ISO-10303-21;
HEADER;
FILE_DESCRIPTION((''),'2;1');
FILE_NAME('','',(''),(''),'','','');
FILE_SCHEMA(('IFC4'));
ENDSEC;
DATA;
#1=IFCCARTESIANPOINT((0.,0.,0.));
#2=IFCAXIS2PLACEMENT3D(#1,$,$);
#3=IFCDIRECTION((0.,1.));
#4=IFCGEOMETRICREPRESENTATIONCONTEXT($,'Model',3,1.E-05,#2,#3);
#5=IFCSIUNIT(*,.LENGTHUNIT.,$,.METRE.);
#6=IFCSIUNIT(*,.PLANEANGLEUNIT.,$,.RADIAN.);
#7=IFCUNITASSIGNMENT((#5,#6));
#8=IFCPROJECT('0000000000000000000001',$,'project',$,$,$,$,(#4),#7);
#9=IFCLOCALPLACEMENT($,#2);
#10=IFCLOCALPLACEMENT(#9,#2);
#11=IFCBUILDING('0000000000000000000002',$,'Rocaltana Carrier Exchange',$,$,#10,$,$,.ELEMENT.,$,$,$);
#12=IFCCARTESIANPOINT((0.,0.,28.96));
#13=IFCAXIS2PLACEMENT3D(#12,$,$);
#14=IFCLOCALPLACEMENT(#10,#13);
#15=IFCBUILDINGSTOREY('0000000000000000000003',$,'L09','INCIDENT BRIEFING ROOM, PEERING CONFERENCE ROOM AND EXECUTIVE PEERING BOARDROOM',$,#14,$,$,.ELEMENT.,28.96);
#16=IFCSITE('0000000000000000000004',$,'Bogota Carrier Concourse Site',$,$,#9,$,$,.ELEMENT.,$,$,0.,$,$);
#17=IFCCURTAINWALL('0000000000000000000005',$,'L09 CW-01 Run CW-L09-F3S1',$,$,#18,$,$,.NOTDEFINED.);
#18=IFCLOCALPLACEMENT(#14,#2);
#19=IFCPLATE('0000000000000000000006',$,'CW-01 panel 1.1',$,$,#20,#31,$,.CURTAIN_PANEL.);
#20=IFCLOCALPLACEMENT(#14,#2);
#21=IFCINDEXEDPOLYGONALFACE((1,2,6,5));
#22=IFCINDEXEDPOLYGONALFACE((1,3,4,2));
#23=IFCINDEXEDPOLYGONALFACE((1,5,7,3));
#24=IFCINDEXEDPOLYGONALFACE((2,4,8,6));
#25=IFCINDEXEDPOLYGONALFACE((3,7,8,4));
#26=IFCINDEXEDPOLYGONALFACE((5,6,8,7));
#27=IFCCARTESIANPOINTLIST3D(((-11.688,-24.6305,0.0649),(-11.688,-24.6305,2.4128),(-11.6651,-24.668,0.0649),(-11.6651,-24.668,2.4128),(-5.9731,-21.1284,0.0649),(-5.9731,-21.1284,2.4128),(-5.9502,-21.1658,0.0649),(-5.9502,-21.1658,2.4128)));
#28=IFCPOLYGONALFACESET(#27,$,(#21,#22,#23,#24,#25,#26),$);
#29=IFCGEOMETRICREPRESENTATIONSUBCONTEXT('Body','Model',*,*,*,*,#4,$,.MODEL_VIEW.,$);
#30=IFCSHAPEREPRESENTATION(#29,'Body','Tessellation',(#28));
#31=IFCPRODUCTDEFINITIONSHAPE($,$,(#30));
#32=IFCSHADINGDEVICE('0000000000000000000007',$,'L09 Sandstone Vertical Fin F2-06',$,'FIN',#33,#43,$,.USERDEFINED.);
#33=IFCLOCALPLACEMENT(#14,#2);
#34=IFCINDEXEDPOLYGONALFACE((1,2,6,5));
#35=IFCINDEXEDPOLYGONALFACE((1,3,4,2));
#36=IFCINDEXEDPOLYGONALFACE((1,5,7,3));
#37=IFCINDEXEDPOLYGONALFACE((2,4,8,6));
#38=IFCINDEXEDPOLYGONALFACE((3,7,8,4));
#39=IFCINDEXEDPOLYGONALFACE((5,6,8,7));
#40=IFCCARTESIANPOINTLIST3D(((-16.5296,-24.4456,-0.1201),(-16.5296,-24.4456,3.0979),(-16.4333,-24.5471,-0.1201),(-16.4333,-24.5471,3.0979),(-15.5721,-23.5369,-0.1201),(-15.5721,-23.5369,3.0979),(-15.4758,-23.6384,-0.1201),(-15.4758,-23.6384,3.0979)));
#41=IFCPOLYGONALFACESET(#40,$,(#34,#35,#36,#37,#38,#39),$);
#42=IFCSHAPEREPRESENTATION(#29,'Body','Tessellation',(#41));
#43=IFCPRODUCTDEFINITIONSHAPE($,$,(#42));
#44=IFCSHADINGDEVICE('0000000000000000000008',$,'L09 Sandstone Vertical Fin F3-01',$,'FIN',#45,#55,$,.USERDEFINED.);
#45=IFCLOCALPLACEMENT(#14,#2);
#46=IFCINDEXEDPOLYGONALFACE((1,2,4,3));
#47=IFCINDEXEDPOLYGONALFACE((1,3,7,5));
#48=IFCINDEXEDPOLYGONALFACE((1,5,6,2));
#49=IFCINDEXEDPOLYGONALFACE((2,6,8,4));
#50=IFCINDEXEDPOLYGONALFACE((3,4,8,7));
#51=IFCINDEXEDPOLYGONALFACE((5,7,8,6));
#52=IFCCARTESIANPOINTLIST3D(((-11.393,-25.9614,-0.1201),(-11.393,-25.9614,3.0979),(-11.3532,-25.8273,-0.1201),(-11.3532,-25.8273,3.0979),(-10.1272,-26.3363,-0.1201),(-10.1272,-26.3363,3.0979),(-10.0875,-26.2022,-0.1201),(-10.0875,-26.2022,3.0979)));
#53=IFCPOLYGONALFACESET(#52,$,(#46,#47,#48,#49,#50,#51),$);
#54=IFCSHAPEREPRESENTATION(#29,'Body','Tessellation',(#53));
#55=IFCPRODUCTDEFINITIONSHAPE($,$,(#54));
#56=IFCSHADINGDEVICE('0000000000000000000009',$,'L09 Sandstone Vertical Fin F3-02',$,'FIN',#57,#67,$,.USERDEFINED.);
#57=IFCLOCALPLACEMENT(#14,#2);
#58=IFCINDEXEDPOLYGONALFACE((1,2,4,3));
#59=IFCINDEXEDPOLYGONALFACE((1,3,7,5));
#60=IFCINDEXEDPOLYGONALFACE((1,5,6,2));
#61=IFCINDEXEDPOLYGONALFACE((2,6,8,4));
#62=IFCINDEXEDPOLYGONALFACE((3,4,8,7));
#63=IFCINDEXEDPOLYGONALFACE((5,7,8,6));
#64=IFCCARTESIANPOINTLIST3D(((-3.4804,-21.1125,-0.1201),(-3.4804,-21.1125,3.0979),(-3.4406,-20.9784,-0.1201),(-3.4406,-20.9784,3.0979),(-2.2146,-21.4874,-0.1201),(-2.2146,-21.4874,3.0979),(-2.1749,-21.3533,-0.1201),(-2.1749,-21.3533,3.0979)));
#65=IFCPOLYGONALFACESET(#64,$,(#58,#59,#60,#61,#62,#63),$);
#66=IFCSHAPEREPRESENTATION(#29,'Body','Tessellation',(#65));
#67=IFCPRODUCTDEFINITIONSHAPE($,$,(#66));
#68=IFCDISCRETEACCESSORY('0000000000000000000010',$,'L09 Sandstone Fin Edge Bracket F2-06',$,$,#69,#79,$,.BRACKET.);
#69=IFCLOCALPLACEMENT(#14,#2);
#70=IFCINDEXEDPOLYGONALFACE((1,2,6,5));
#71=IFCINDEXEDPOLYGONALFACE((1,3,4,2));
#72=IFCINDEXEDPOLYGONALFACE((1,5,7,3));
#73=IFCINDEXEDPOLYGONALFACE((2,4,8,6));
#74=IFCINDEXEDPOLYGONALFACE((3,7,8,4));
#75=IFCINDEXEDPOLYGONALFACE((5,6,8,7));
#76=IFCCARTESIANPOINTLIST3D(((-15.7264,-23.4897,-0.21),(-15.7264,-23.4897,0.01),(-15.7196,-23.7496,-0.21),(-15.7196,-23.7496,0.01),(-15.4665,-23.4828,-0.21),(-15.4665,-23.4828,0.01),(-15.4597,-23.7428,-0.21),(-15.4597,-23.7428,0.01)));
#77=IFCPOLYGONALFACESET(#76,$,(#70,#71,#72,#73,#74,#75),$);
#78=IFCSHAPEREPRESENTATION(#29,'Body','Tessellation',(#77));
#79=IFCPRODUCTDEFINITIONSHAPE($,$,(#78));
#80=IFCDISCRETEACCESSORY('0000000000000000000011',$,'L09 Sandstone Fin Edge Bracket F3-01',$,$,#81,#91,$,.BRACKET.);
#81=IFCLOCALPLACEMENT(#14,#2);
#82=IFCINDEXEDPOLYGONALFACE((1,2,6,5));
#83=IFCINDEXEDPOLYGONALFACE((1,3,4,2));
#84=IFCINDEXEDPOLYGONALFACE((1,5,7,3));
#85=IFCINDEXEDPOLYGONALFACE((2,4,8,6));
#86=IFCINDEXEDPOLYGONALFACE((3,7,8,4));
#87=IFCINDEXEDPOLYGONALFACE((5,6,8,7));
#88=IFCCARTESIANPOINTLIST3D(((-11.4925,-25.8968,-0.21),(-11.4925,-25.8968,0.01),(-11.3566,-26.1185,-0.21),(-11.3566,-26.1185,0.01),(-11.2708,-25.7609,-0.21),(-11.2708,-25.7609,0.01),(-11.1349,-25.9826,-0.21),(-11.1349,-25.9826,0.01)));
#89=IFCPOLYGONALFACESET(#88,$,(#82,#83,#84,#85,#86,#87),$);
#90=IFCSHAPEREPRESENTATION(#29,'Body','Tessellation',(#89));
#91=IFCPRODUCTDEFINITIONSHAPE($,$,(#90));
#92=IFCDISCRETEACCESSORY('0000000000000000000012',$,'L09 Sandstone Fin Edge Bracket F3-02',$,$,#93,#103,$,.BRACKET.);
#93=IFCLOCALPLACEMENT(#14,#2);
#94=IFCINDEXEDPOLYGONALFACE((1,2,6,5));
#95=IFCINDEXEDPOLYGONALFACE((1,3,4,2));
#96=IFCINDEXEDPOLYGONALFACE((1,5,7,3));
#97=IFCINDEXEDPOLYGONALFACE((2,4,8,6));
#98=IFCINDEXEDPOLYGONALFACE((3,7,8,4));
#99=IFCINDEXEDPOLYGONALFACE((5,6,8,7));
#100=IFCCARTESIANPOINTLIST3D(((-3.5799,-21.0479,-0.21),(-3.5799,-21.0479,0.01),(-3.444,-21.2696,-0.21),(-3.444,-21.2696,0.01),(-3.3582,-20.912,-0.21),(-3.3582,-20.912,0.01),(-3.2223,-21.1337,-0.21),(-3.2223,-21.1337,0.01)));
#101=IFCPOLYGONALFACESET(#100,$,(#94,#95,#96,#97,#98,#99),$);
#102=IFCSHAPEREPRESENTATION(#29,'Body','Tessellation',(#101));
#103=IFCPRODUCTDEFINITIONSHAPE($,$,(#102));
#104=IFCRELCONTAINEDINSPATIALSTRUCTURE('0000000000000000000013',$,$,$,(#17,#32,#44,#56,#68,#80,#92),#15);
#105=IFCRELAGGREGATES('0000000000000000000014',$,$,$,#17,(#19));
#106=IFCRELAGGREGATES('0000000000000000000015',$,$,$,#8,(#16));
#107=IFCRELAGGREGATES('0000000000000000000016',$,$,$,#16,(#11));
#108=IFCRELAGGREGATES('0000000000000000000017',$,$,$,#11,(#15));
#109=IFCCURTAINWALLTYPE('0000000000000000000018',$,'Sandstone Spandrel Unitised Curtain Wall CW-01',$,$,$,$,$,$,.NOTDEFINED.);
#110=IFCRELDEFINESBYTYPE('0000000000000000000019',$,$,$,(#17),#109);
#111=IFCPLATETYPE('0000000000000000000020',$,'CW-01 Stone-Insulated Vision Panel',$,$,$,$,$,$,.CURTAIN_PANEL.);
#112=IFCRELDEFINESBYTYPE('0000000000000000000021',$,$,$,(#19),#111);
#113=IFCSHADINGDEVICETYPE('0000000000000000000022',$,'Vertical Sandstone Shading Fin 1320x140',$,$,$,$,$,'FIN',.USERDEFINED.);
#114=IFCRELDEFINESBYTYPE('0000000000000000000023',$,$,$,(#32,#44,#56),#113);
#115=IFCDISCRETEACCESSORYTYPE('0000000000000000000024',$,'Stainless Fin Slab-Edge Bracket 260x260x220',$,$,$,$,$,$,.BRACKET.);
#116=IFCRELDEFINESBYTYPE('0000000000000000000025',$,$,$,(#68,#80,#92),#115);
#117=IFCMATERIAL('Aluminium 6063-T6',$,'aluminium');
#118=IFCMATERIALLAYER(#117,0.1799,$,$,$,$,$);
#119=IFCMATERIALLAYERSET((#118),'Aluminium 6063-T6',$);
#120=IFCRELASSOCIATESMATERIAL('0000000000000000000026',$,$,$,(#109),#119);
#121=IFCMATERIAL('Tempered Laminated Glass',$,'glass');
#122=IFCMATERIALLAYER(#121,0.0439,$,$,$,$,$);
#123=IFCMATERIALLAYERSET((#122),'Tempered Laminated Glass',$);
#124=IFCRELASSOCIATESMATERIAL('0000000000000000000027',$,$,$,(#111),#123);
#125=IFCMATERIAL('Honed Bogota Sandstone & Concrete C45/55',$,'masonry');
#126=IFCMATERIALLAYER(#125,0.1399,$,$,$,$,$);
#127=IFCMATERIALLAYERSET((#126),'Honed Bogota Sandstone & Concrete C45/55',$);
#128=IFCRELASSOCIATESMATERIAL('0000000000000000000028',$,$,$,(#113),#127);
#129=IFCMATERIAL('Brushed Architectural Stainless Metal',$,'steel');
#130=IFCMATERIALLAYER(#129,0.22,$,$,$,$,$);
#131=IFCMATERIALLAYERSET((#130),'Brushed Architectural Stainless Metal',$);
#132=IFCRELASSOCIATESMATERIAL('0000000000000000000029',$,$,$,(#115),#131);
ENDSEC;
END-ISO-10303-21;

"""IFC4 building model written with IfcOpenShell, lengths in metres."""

from ifc_helpers import new_model, si_unit, direction, frame, origin, origin_2d, place, context, subcontext, project, spatial, rectangle, extrude, material, layer, layer_set, type_object, element, aggregate, save


model = new_model("IFC4")

# Units and contexts
model_context = context("Model", 3, precision=1e-05, world=origin(), true_north=direction((0.0, 1.0)))
body_context = subcontext(model_context, "Body", "Model", "MODEL_VIEW")
ifc_project = project(units=[si_unit("LENGTHUNIT", "METRE"), si_unit("PLANEANGLEUNIT", "RADIAN")], contexts=[model_context])

# Site, building, storey
site_placement = place(None, origin())
site = spatial("IfcSite", under=ifc_project, at=site_placement, Name="Bogota Carrier Concourse Site", CompositionType="ELEMENT", RefElevation=0.0)
building_placement = place(site_placement, origin())
building = spatial("IfcBuilding", under=site, at=building_placement, Name="Rocaltana Carrier Exchange", CompositionType="ELEMENT")
storey_placement = place(building_placement, frame((0.0, 0.0, 28.96)))
storey = spatial("IfcBuildingStorey", under=building, at=storey_placement, Name="L09", Description="INCIDENT BRIEFING ROOM, PEERING CONFERENCE ROOM AND EXECUTIVE PEERING BOARDROOM", CompositionType="ELEMENT", Elevation=28.96)

# Shared definitions
ifc_material_1 = material(Name="Aluminium 6063-T6", Category="aluminium")
ifc_layer_1 = layer(ifc_material_1, 0.1799)
ifc_layer_set_1 = layer_set([ifc_layer_1], Name="Aluminium 6063-T6")
curtain_wall_type = type_object("IfcCurtainWallType", Name="Sandstone Spandrel Unitised Curtain Wall CW-01", PredefinedType="NOTDEFINED", material=ifc_layer_set_1)

# Curtain wall
curtain_wall_1_placement = place(storey_placement, origin())
curtain_wall_1 = element("IfcCurtainWall", 1, at=curtain_wall_1_placement, inside=storey, type_object=curtain_wall_type, Name="L09 CW-01 Run CW-L09-F3S1", PredefinedType="NOTDEFINED")

# Plate
ifc_material_2 = material(Name="Tempered Laminated Glass", Category="glass")
ifc_layer_2 = layer(ifc_material_2, 0.0439)
ifc_layer_set_2 = layer_set([ifc_layer_2], Name="Tempered Laminated Glass")
plate_type = type_object("IfcPlateType", Name="CW-01 Stone-Insulated Vision Panel", PredefinedType="CURTAIN_PANEL", material=ifc_layer_set_2)
plate_placement = place(storey_placement, frame((-8.8191, -22.8982, 0.0649), z_axis=(0.0, 0.0, 1.0), x_axis=(0.852636, 0.522505, 0.0)))
plate = element("IfcPlate", 2, at=plate_placement, type_object=plate_type, Name="CW-01 panel 1.1", PredefinedType="CURTAIN_PANEL", context=body_context, shape_type="SweptSolid", body=[
    extrude(rectangle(XDim=6.7026, YDim=0.0439, at=origin_2d()), origin(), (0.0, 0.0, 1.0), 2.3479),
])
aggregate(curtain_wall_1, [plate])

# Shading devices
ifc_material_3 = material(Name="Honed Bogota Sandstone & Concrete C45/55", Category="masonry")
ifc_layer_3 = layer(ifc_material_3, 0.1399)
ifc_layer_set_3 = layer_set([ifc_layer_3], Name="Honed Bogota Sandstone & Concrete C45/55")
shading_device_type = type_object("IfcShadingDeviceType", Name="Vertical Sandstone Shading Fin 1320x140", ElementType="FIN", PredefinedType="USERDEFINED", material=ifc_layer_set_3)
for number, where, z_axis, x_axis, name in (
    (3, (-16.0027, -24.042, -0.1201), (0.0, 0.0, 1.0), (-0.725374, -0.688355, 0.0), "L09 Sandstone Vertical Fin F2-06"),
    (4, (-10.7402, -26.0818, -0.1201), (0.0, 0.0, 1.0), (0.95882, -0.284015, 0.0), "L09 Sandstone Vertical Fin F3-01"),
    (5, (-2.8276, -21.2329, -0.1201), (0.0, 0.0, 1.0), (0.95882, -0.284015, 0.0), "L09 Sandstone Vertical Fin F3-02"),
):
    element("IfcShadingDevice", number, at=place(storey_placement, frame(where, z_axis=z_axis, x_axis=x_axis)), inside=storey, type_object=shading_device_type, Name=name, ObjectType="FIN", PredefinedType="USERDEFINED", context=body_context, shape_type="SweptSolid", body=[
        extrude(rectangle(XDim=1.3201, YDim=0.1399, at=origin_2d()), origin(), (0.0, 0.0, 1.0), 3.218),
    ])

# Discrete accessories
ifc_material_4 = material(Name="Brushed Architectural Stainless Metal", Category="steel")
ifc_layer_4 = layer(ifc_material_4, 0.22)
ifc_layer_set_4 = layer_set([ifc_layer_4], Name="Brushed Architectural Stainless Metal")
discrete_accessory_type = type_object("IfcDiscreteAccessoryType", Name="Stainless Fin Slab-Edge Bracket 260x260x220", PredefinedType="BRACKET", material=ifc_layer_set_4)
for number, where, z_axis, x_axis, name in (
    (6, (-15.593, -23.6162, -0.21), (0.0, 0.0, 1.0), (0.026177, -0.999657, 0.0), "L09 Sandstone Fin Edge Bracket F2-06"),
    (7, (-11.3137, -25.9397, -0.21), (0.0, 0.0, 1.0), (0.85264, 0.522499, 0.0), "L09 Sandstone Fin Edge Bracket F3-01"),
    (8, (-3.4011, -21.0908, -0.21), (0.0, 0.0, 1.0), (0.85264, 0.522499, 0.0), "L09 Sandstone Fin Edge Bracket F3-02"),
):
    element("IfcDiscreteAccessory", number, at=place(storey_placement, frame(where, z_axis=z_axis, x_axis=x_axis)), inside=storey, type_object=discrete_accessory_type, Name=name, PredefinedType="BRACKET", context=body_context, shape_type="SweptSolid", body=[
        extrude(rectangle(XDim=0.26, YDim=0.26, at=origin_2d()), origin(), (0.0, 0.0, 1.0), 0.22),
    ])

save(model, "model.ifc")
